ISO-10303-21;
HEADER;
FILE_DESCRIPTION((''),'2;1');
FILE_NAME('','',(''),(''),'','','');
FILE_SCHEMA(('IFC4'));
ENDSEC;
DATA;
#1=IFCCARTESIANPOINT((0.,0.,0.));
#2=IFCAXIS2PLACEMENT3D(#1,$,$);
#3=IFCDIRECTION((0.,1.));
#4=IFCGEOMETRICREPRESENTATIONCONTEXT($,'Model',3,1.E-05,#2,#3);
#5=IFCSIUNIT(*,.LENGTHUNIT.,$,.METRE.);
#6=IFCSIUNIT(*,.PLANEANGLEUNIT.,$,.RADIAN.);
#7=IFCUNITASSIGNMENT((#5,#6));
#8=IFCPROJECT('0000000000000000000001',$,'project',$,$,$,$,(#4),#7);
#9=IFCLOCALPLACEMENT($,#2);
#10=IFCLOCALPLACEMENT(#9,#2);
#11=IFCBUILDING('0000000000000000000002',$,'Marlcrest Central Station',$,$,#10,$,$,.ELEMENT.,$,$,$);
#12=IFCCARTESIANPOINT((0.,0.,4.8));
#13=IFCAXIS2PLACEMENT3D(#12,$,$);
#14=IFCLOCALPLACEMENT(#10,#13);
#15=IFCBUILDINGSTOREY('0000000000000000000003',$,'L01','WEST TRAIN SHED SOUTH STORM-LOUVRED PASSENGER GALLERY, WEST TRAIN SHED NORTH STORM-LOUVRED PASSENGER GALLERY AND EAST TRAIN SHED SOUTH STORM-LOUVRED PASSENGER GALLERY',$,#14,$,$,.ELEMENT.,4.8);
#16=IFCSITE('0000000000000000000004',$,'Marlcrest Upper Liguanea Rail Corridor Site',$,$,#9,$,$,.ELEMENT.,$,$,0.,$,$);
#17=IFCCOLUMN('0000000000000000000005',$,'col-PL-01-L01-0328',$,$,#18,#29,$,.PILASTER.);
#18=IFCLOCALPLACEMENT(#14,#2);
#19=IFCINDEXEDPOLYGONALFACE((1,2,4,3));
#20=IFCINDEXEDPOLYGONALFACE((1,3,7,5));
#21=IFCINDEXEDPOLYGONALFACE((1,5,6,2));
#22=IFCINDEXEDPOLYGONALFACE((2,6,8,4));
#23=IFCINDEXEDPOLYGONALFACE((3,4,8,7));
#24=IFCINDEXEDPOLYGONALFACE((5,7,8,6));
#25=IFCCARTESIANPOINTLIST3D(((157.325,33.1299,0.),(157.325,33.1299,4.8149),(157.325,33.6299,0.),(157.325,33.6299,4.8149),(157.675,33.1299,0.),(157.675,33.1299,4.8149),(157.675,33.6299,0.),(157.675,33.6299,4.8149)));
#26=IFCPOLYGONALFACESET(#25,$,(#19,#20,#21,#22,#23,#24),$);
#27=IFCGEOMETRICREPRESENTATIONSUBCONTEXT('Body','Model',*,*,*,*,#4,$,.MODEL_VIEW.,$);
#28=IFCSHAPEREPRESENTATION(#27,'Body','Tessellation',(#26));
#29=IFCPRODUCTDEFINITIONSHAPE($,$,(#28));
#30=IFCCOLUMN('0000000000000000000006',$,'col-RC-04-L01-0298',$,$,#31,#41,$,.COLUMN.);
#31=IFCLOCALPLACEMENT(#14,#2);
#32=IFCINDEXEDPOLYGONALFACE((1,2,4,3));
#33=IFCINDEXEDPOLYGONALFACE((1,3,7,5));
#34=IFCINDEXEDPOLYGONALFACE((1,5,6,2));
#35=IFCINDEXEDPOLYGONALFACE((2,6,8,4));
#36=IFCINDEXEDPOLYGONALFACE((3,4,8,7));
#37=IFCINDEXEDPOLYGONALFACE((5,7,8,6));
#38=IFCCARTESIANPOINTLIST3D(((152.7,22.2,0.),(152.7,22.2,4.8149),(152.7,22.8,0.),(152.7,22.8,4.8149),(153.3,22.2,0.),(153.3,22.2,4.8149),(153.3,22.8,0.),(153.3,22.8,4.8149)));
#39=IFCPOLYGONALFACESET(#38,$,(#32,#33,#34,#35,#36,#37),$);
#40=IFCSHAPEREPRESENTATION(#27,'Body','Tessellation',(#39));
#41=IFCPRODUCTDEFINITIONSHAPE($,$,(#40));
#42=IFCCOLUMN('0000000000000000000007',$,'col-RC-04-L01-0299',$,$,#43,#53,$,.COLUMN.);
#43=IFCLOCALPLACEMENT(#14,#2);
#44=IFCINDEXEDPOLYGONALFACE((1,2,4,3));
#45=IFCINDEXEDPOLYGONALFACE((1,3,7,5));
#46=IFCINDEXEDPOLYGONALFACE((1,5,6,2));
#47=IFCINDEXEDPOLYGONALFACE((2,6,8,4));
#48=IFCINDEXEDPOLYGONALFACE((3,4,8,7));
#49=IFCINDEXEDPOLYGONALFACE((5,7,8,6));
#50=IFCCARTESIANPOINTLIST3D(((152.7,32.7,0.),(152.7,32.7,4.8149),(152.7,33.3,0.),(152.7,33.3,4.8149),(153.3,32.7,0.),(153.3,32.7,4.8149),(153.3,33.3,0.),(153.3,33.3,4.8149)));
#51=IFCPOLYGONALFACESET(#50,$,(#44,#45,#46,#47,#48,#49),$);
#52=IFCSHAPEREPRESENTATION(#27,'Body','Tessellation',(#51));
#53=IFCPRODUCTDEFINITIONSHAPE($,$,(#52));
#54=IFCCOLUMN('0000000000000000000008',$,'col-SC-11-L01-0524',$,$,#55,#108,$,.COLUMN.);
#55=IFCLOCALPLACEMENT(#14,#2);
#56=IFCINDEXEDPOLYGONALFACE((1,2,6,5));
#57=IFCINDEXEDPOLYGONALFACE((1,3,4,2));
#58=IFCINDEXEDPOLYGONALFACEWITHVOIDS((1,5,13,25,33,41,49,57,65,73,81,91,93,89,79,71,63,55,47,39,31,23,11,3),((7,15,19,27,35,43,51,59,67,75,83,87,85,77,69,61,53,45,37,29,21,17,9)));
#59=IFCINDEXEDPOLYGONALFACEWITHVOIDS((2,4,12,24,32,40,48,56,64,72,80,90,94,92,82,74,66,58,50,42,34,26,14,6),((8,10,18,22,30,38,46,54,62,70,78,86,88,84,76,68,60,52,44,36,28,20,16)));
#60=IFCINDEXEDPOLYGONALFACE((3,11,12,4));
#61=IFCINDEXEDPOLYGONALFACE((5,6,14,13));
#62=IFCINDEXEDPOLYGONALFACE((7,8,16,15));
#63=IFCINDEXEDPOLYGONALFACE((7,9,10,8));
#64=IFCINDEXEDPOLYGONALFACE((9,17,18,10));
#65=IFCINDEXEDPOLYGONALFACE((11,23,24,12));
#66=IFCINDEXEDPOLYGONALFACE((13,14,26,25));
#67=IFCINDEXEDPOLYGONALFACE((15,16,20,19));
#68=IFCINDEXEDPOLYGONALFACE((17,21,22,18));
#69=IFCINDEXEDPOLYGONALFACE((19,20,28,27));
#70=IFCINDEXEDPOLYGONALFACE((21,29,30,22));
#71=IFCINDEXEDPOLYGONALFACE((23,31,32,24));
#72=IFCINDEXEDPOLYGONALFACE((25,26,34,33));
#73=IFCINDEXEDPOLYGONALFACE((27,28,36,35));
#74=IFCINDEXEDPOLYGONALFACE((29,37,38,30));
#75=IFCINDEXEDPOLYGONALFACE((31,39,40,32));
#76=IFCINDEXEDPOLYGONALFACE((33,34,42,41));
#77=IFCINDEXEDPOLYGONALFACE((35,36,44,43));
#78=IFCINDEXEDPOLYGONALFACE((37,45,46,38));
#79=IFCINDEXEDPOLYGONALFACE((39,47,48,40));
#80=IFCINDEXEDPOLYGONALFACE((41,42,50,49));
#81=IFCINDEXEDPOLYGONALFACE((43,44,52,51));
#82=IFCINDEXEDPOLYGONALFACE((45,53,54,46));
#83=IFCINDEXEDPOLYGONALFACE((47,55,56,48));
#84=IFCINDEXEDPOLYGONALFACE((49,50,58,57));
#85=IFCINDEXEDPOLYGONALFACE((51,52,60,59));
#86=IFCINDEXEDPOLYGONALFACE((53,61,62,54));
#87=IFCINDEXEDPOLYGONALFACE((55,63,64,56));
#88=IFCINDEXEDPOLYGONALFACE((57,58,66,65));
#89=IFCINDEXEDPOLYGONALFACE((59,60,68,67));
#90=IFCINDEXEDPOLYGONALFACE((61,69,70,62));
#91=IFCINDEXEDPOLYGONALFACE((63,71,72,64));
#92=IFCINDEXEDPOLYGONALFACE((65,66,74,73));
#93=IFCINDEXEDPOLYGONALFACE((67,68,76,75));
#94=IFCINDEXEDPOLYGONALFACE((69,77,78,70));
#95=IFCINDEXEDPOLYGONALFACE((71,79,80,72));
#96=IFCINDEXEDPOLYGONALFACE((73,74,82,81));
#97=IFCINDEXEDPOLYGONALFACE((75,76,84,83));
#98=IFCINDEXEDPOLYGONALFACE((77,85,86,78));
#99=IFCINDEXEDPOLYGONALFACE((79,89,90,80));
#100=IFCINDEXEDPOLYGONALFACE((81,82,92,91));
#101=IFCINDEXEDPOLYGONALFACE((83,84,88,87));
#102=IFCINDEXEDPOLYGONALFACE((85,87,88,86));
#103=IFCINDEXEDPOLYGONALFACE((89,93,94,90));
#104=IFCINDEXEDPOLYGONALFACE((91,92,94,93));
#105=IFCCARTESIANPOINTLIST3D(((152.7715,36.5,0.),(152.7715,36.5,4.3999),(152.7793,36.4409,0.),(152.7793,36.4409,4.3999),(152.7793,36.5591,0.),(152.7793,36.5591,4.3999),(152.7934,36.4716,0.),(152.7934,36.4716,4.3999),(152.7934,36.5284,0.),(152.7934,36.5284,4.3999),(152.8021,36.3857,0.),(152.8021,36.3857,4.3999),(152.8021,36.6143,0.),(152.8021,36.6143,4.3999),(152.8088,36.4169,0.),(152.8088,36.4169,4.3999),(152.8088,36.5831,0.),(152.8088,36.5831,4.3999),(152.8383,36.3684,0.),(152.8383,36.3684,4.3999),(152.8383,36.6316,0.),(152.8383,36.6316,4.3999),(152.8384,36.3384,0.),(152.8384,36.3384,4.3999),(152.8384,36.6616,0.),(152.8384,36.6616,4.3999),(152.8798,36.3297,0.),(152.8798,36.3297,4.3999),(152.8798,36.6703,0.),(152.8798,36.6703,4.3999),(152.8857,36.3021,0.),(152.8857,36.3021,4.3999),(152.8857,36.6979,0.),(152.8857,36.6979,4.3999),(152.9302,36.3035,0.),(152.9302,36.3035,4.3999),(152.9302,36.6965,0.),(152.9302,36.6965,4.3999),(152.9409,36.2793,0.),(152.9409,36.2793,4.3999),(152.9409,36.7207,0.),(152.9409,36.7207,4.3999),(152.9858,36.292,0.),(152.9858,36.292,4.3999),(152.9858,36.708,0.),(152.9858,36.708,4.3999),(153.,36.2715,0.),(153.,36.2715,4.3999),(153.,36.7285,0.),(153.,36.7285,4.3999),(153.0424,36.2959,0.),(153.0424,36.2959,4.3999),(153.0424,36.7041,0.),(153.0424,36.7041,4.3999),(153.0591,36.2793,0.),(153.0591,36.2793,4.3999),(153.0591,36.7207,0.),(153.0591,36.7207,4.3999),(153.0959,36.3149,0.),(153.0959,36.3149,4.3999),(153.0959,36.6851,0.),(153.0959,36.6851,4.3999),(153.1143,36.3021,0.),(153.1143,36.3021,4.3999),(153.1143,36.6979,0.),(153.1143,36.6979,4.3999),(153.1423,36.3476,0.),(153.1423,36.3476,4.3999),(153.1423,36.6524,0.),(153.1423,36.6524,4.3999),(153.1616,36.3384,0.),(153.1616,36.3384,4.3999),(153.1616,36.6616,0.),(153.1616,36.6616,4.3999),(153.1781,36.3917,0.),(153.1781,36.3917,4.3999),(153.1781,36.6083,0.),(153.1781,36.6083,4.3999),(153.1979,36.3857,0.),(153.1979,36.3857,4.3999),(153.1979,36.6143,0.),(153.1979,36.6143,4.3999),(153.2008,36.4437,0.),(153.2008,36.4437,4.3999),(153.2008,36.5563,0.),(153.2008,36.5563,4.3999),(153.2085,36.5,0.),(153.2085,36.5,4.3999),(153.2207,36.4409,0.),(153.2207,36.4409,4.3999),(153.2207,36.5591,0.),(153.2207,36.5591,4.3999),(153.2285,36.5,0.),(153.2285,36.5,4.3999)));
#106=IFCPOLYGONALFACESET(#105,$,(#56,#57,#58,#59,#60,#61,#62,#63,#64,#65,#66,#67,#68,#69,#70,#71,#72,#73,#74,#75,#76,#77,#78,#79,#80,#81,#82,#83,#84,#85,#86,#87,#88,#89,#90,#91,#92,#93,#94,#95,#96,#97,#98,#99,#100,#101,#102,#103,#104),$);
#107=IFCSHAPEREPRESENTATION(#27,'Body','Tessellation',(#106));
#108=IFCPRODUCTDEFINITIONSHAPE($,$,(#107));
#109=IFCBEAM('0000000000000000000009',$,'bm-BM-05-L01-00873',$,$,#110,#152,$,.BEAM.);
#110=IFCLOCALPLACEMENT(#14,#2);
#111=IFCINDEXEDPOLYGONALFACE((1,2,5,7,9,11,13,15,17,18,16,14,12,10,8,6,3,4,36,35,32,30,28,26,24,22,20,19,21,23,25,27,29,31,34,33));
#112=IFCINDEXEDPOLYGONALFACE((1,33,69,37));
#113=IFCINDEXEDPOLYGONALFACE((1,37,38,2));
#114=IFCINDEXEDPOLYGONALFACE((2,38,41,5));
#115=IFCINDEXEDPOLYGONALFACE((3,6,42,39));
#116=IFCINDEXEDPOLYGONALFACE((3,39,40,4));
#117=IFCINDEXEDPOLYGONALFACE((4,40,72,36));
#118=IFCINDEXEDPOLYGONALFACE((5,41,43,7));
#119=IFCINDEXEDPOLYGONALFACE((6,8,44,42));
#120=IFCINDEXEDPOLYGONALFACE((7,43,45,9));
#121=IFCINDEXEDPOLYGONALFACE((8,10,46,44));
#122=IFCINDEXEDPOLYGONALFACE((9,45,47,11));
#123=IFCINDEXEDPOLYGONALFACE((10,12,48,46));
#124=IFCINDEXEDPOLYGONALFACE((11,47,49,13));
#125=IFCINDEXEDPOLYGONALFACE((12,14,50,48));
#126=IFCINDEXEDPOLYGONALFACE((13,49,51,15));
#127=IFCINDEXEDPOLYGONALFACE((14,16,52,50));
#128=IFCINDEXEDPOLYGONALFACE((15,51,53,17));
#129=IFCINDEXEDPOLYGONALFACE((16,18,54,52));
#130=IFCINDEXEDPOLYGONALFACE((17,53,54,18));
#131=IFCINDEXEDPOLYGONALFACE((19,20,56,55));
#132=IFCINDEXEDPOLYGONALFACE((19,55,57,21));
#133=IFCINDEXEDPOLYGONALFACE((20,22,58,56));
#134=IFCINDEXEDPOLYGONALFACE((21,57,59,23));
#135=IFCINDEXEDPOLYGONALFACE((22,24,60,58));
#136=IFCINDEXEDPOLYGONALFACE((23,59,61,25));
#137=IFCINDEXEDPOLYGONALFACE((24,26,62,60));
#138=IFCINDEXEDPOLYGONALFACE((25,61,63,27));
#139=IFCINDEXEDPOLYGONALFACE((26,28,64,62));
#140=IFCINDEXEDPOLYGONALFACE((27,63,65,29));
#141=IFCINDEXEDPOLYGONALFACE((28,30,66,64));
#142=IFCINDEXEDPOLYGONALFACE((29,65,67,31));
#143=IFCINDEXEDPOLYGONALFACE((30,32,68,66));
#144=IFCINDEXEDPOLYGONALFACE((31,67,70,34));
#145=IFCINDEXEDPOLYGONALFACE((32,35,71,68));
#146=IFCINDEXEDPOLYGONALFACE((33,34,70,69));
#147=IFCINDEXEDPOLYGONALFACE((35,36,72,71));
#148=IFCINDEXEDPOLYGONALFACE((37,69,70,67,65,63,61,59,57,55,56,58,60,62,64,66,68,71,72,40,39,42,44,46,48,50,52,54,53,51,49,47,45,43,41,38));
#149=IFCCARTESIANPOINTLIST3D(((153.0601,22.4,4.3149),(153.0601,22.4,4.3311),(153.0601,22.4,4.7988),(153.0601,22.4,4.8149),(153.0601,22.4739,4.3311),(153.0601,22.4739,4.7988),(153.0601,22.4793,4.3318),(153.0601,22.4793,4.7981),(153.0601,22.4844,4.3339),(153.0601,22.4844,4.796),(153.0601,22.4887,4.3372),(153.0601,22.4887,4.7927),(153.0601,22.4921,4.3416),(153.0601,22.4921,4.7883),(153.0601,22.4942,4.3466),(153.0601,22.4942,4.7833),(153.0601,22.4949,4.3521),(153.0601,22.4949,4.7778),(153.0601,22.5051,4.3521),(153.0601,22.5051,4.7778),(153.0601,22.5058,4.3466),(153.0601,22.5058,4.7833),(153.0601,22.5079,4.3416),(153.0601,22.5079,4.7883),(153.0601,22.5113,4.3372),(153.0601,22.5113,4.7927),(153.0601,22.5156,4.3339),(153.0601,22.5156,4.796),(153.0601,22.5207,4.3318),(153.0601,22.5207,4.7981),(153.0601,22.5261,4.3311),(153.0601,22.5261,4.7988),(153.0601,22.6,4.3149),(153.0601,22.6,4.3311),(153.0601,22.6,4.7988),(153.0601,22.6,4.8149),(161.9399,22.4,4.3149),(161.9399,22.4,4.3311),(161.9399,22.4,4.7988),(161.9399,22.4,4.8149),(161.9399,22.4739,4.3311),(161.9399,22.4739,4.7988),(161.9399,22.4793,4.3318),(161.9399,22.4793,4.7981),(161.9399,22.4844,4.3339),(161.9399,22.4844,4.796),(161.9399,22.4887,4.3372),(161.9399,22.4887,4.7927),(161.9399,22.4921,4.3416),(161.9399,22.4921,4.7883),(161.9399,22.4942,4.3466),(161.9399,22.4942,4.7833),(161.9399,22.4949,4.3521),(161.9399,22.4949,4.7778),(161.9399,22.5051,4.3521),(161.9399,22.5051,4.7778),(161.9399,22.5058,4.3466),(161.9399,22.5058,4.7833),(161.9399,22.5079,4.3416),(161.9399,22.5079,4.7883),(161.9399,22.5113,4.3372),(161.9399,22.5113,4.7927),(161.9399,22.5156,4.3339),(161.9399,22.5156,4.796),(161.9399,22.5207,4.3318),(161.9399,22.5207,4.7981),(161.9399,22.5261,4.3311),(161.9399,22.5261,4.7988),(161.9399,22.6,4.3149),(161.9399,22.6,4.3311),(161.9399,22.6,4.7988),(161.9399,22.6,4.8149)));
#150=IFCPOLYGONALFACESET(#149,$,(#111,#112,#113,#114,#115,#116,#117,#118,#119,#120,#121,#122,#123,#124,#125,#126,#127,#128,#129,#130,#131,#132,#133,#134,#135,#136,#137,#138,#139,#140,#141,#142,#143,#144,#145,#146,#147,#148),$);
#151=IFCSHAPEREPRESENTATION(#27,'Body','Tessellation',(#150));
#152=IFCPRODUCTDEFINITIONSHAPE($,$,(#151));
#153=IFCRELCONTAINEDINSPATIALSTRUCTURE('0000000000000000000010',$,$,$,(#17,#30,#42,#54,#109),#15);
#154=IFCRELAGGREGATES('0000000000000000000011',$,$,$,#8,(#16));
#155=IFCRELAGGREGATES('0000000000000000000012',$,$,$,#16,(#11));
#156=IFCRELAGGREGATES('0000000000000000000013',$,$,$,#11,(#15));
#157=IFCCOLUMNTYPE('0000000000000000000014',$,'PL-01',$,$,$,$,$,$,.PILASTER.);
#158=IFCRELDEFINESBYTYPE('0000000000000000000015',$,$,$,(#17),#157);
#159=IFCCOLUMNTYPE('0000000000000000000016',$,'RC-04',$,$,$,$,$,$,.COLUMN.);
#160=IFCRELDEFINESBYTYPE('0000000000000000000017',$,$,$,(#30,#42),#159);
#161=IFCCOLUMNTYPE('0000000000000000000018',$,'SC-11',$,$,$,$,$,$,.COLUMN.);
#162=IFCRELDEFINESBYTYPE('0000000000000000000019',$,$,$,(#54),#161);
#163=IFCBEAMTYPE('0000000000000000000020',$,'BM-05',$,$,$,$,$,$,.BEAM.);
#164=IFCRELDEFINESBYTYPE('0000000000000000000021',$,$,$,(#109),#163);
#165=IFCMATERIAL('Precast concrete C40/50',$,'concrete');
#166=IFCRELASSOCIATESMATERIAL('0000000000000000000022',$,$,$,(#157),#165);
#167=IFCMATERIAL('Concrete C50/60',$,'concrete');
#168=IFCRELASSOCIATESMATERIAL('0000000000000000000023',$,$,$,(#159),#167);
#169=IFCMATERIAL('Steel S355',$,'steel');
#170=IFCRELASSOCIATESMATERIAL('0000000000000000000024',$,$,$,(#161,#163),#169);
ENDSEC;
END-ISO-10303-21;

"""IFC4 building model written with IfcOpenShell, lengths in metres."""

from ifc_helpers import new_model, si_unit, direction, frame, origin, origin_2d, place, context, subcontext, project, spatial, rectangle, hollow_circle, i_section, extrude, material, material_profile, profile_set, type_object, element, save


model = new_model("IFC4")

# Units and contexts
model_context = context("Model", 3, precision=1e-05, world=origin(), true_north=direction((0.0, 1.0)))
body_context = subcontext(model_context, "Body", "Model", "MODEL_VIEW")
ifc_project = project(units=[si_unit("LENGTHUNIT", "METRE"), si_unit("PLANEANGLEUNIT", "RADIAN")], contexts=[model_context])

# Site, building, storey
site_placement = place(None, origin())
site = spatial("IfcSite", under=ifc_project, at=site_placement, Name="Marlcrest Upper Liguanea Rail Corridor Site", CompositionType="ELEMENT", RefElevation=0.0)
building_placement = place(site_placement, origin())
building = spatial("IfcBuilding", under=site, at=building_placement, Name="Marlcrest Central Station", CompositionType="ELEMENT")
storey_placement = place(building_placement, frame((0.0, 0.0, 4.8)))
storey = spatial("IfcBuildingStorey", under=building, at=storey_placement, Name="L01", Description="WEST TRAIN SHED SOUTH STORM-LOUVRED PASSENGER GALLERY, WEST TRAIN SHED NORTH STORM-LOUVRED PASSENGER GALLERY AND EAST TRAIN SHED SOUTH STORM-LOUVRED PASSENGER GALLERY", CompositionType="ELEMENT", Elevation=4.8)

# Columns
ifc_material_1 = material(Name="Precast concrete C40/50", Category="concrete")
ifc_material_profile_1 = material_profile(ifc_material_1, rectangle(XDim=0.3501, YDim=0.5, at=origin_2d()), Name="PIL 350x500")
ifc_profile_set_1 = profile_set([ifc_material_profile_1], Name="Precast concrete C40/50")
column_type_1 = type_object("IfcColumnType", Name="PL-01", PredefinedType="PILASTER", material=ifc_profile_set_1)
column_1_placement = place(storey_placement, frame((157.5, 33.3799, 0.0), z_axis=(0.0, 0.0, 1.0), x_axis=(1.0, 0.0, 0.0)))
element("IfcColumn", 1, at=column_1_placement, inside=storey, type_object=column_type_1, Name="col-PL-01-L01-0328", PredefinedType="PILASTER", context=body_context, shape_type="SweptSolid", body=[
    extrude(rectangle(XDim=0.3501, YDim=0.5, at=origin_2d()), origin(), (0.0, 0.0, 1.0), 4.8149),
])
ifc_material_2 = material(Name="Concrete C50/60", Category="concrete")
ifc_material_profile_2 = material_profile(ifc_material_2, rectangle(XDim=0.6001, YDim=0.6001, at=origin_2d()), Name="RC 600x600")
ifc_profile_set_2 = profile_set([ifc_material_profile_2], Name="Concrete C50/60")
column_type_2 = type_object("IfcColumnType", Name="RC-04", PredefinedType="COLUMN", material=ifc_profile_set_2)
for number, where, z_axis, x_axis, name in (
    (2, (153.0, 22.5, 0.0), (0.0, 0.0, 1.0), (1.0, 0.0, 0.0), "col-RC-04-L01-0298"),
    (3, (153.0, 33.0, 0.0), (0.0, 0.0, 1.0), (1.0, 0.0, 0.0), "col-RC-04-L01-0299"),
):
    element("IfcColumn", number, at=place(storey_placement, frame(where, z_axis=z_axis, x_axis=x_axis)), inside=storey, type_object=column_type_2, Name=name, PredefinedType="COLUMN", context=body_context, shape_type="SweptSolid", body=[
        extrude(rectangle(XDim=0.6001, YDim=0.6001, at=origin_2d()), origin(), (0.0, 0.0, 1.0), 4.8149),
    ])
ifc_material_3 = material(Name="Steel S355", Category="steel")
ifc_material_profile_3 = material_profile(ifc_material_3, hollow_circle(Radius=0.2285, WallThickness=0.02, at=origin_2d()), Name="CHS 457x20")
ifc_profile_set_3 = profile_set([ifc_material_profile_3], Name="Steel S355")
column_type_3 = type_object("IfcColumnType", Name="SC-11", PredefinedType="COLUMN", material=ifc_profile_set_3)
column_2_placement = place(storey_placement, frame((153.0, 36.5, 0.0), z_axis=(0.0, 0.0, 1.0), x_axis=(1.0, 0.0, 0.0)))
element("IfcColumn", 4, at=column_2_placement, inside=storey, type_object=column_type_3, Name="col-SC-11-L01-0524", PredefinedType="COLUMN", context=body_context, shape_type="SweptSolid", body=[
    extrude(hollow_circle(Radius=0.2285, WallThickness=0.02, at=origin_2d()), origin(), (0.0, 0.0, 1.0), 4.3999),
])

# Beam
ifc_material_profile_4 = material_profile(ifc_material_3, i_section(OverallWidth=0.2, OverallDepth=0.5, WebThickness=0.0103, FlangeThickness=0.0161, FilletRadius=0.021, at=origin_2d()), Name="IPE 500")
ifc_profile_set_4 = profile_set([ifc_material_profile_4], Name="Steel S355")
beam_type_1 = type_object("IfcBeamType", Name="BM-05", PredefinedType="BEAM", material=ifc_profile_set_4)
beam_1_placement = place(storey_placement, frame((153.0601, 22.5, 4.5649), z_axis=(1.0, 0.0, 0.0), x_axis=(0.0, 1.0, 0.0)))
element("IfcBeam", 5, at=beam_1_placement, inside=storey, type_object=beam_type_1, Name="bm-BM-05-L01-00873", PredefinedType="BEAM", context=body_context, shape_type="SweptSolid", body=[
    extrude(i_section(OverallWidth=0.2, OverallDepth=0.5, WebThickness=0.0103, FlangeThickness=0.0161, FilletRadius=0.021, at=origin_2d()), origin(), (0.0, 0.0, 1.0), 8.8799),
])

save(model, "model.ifc")
